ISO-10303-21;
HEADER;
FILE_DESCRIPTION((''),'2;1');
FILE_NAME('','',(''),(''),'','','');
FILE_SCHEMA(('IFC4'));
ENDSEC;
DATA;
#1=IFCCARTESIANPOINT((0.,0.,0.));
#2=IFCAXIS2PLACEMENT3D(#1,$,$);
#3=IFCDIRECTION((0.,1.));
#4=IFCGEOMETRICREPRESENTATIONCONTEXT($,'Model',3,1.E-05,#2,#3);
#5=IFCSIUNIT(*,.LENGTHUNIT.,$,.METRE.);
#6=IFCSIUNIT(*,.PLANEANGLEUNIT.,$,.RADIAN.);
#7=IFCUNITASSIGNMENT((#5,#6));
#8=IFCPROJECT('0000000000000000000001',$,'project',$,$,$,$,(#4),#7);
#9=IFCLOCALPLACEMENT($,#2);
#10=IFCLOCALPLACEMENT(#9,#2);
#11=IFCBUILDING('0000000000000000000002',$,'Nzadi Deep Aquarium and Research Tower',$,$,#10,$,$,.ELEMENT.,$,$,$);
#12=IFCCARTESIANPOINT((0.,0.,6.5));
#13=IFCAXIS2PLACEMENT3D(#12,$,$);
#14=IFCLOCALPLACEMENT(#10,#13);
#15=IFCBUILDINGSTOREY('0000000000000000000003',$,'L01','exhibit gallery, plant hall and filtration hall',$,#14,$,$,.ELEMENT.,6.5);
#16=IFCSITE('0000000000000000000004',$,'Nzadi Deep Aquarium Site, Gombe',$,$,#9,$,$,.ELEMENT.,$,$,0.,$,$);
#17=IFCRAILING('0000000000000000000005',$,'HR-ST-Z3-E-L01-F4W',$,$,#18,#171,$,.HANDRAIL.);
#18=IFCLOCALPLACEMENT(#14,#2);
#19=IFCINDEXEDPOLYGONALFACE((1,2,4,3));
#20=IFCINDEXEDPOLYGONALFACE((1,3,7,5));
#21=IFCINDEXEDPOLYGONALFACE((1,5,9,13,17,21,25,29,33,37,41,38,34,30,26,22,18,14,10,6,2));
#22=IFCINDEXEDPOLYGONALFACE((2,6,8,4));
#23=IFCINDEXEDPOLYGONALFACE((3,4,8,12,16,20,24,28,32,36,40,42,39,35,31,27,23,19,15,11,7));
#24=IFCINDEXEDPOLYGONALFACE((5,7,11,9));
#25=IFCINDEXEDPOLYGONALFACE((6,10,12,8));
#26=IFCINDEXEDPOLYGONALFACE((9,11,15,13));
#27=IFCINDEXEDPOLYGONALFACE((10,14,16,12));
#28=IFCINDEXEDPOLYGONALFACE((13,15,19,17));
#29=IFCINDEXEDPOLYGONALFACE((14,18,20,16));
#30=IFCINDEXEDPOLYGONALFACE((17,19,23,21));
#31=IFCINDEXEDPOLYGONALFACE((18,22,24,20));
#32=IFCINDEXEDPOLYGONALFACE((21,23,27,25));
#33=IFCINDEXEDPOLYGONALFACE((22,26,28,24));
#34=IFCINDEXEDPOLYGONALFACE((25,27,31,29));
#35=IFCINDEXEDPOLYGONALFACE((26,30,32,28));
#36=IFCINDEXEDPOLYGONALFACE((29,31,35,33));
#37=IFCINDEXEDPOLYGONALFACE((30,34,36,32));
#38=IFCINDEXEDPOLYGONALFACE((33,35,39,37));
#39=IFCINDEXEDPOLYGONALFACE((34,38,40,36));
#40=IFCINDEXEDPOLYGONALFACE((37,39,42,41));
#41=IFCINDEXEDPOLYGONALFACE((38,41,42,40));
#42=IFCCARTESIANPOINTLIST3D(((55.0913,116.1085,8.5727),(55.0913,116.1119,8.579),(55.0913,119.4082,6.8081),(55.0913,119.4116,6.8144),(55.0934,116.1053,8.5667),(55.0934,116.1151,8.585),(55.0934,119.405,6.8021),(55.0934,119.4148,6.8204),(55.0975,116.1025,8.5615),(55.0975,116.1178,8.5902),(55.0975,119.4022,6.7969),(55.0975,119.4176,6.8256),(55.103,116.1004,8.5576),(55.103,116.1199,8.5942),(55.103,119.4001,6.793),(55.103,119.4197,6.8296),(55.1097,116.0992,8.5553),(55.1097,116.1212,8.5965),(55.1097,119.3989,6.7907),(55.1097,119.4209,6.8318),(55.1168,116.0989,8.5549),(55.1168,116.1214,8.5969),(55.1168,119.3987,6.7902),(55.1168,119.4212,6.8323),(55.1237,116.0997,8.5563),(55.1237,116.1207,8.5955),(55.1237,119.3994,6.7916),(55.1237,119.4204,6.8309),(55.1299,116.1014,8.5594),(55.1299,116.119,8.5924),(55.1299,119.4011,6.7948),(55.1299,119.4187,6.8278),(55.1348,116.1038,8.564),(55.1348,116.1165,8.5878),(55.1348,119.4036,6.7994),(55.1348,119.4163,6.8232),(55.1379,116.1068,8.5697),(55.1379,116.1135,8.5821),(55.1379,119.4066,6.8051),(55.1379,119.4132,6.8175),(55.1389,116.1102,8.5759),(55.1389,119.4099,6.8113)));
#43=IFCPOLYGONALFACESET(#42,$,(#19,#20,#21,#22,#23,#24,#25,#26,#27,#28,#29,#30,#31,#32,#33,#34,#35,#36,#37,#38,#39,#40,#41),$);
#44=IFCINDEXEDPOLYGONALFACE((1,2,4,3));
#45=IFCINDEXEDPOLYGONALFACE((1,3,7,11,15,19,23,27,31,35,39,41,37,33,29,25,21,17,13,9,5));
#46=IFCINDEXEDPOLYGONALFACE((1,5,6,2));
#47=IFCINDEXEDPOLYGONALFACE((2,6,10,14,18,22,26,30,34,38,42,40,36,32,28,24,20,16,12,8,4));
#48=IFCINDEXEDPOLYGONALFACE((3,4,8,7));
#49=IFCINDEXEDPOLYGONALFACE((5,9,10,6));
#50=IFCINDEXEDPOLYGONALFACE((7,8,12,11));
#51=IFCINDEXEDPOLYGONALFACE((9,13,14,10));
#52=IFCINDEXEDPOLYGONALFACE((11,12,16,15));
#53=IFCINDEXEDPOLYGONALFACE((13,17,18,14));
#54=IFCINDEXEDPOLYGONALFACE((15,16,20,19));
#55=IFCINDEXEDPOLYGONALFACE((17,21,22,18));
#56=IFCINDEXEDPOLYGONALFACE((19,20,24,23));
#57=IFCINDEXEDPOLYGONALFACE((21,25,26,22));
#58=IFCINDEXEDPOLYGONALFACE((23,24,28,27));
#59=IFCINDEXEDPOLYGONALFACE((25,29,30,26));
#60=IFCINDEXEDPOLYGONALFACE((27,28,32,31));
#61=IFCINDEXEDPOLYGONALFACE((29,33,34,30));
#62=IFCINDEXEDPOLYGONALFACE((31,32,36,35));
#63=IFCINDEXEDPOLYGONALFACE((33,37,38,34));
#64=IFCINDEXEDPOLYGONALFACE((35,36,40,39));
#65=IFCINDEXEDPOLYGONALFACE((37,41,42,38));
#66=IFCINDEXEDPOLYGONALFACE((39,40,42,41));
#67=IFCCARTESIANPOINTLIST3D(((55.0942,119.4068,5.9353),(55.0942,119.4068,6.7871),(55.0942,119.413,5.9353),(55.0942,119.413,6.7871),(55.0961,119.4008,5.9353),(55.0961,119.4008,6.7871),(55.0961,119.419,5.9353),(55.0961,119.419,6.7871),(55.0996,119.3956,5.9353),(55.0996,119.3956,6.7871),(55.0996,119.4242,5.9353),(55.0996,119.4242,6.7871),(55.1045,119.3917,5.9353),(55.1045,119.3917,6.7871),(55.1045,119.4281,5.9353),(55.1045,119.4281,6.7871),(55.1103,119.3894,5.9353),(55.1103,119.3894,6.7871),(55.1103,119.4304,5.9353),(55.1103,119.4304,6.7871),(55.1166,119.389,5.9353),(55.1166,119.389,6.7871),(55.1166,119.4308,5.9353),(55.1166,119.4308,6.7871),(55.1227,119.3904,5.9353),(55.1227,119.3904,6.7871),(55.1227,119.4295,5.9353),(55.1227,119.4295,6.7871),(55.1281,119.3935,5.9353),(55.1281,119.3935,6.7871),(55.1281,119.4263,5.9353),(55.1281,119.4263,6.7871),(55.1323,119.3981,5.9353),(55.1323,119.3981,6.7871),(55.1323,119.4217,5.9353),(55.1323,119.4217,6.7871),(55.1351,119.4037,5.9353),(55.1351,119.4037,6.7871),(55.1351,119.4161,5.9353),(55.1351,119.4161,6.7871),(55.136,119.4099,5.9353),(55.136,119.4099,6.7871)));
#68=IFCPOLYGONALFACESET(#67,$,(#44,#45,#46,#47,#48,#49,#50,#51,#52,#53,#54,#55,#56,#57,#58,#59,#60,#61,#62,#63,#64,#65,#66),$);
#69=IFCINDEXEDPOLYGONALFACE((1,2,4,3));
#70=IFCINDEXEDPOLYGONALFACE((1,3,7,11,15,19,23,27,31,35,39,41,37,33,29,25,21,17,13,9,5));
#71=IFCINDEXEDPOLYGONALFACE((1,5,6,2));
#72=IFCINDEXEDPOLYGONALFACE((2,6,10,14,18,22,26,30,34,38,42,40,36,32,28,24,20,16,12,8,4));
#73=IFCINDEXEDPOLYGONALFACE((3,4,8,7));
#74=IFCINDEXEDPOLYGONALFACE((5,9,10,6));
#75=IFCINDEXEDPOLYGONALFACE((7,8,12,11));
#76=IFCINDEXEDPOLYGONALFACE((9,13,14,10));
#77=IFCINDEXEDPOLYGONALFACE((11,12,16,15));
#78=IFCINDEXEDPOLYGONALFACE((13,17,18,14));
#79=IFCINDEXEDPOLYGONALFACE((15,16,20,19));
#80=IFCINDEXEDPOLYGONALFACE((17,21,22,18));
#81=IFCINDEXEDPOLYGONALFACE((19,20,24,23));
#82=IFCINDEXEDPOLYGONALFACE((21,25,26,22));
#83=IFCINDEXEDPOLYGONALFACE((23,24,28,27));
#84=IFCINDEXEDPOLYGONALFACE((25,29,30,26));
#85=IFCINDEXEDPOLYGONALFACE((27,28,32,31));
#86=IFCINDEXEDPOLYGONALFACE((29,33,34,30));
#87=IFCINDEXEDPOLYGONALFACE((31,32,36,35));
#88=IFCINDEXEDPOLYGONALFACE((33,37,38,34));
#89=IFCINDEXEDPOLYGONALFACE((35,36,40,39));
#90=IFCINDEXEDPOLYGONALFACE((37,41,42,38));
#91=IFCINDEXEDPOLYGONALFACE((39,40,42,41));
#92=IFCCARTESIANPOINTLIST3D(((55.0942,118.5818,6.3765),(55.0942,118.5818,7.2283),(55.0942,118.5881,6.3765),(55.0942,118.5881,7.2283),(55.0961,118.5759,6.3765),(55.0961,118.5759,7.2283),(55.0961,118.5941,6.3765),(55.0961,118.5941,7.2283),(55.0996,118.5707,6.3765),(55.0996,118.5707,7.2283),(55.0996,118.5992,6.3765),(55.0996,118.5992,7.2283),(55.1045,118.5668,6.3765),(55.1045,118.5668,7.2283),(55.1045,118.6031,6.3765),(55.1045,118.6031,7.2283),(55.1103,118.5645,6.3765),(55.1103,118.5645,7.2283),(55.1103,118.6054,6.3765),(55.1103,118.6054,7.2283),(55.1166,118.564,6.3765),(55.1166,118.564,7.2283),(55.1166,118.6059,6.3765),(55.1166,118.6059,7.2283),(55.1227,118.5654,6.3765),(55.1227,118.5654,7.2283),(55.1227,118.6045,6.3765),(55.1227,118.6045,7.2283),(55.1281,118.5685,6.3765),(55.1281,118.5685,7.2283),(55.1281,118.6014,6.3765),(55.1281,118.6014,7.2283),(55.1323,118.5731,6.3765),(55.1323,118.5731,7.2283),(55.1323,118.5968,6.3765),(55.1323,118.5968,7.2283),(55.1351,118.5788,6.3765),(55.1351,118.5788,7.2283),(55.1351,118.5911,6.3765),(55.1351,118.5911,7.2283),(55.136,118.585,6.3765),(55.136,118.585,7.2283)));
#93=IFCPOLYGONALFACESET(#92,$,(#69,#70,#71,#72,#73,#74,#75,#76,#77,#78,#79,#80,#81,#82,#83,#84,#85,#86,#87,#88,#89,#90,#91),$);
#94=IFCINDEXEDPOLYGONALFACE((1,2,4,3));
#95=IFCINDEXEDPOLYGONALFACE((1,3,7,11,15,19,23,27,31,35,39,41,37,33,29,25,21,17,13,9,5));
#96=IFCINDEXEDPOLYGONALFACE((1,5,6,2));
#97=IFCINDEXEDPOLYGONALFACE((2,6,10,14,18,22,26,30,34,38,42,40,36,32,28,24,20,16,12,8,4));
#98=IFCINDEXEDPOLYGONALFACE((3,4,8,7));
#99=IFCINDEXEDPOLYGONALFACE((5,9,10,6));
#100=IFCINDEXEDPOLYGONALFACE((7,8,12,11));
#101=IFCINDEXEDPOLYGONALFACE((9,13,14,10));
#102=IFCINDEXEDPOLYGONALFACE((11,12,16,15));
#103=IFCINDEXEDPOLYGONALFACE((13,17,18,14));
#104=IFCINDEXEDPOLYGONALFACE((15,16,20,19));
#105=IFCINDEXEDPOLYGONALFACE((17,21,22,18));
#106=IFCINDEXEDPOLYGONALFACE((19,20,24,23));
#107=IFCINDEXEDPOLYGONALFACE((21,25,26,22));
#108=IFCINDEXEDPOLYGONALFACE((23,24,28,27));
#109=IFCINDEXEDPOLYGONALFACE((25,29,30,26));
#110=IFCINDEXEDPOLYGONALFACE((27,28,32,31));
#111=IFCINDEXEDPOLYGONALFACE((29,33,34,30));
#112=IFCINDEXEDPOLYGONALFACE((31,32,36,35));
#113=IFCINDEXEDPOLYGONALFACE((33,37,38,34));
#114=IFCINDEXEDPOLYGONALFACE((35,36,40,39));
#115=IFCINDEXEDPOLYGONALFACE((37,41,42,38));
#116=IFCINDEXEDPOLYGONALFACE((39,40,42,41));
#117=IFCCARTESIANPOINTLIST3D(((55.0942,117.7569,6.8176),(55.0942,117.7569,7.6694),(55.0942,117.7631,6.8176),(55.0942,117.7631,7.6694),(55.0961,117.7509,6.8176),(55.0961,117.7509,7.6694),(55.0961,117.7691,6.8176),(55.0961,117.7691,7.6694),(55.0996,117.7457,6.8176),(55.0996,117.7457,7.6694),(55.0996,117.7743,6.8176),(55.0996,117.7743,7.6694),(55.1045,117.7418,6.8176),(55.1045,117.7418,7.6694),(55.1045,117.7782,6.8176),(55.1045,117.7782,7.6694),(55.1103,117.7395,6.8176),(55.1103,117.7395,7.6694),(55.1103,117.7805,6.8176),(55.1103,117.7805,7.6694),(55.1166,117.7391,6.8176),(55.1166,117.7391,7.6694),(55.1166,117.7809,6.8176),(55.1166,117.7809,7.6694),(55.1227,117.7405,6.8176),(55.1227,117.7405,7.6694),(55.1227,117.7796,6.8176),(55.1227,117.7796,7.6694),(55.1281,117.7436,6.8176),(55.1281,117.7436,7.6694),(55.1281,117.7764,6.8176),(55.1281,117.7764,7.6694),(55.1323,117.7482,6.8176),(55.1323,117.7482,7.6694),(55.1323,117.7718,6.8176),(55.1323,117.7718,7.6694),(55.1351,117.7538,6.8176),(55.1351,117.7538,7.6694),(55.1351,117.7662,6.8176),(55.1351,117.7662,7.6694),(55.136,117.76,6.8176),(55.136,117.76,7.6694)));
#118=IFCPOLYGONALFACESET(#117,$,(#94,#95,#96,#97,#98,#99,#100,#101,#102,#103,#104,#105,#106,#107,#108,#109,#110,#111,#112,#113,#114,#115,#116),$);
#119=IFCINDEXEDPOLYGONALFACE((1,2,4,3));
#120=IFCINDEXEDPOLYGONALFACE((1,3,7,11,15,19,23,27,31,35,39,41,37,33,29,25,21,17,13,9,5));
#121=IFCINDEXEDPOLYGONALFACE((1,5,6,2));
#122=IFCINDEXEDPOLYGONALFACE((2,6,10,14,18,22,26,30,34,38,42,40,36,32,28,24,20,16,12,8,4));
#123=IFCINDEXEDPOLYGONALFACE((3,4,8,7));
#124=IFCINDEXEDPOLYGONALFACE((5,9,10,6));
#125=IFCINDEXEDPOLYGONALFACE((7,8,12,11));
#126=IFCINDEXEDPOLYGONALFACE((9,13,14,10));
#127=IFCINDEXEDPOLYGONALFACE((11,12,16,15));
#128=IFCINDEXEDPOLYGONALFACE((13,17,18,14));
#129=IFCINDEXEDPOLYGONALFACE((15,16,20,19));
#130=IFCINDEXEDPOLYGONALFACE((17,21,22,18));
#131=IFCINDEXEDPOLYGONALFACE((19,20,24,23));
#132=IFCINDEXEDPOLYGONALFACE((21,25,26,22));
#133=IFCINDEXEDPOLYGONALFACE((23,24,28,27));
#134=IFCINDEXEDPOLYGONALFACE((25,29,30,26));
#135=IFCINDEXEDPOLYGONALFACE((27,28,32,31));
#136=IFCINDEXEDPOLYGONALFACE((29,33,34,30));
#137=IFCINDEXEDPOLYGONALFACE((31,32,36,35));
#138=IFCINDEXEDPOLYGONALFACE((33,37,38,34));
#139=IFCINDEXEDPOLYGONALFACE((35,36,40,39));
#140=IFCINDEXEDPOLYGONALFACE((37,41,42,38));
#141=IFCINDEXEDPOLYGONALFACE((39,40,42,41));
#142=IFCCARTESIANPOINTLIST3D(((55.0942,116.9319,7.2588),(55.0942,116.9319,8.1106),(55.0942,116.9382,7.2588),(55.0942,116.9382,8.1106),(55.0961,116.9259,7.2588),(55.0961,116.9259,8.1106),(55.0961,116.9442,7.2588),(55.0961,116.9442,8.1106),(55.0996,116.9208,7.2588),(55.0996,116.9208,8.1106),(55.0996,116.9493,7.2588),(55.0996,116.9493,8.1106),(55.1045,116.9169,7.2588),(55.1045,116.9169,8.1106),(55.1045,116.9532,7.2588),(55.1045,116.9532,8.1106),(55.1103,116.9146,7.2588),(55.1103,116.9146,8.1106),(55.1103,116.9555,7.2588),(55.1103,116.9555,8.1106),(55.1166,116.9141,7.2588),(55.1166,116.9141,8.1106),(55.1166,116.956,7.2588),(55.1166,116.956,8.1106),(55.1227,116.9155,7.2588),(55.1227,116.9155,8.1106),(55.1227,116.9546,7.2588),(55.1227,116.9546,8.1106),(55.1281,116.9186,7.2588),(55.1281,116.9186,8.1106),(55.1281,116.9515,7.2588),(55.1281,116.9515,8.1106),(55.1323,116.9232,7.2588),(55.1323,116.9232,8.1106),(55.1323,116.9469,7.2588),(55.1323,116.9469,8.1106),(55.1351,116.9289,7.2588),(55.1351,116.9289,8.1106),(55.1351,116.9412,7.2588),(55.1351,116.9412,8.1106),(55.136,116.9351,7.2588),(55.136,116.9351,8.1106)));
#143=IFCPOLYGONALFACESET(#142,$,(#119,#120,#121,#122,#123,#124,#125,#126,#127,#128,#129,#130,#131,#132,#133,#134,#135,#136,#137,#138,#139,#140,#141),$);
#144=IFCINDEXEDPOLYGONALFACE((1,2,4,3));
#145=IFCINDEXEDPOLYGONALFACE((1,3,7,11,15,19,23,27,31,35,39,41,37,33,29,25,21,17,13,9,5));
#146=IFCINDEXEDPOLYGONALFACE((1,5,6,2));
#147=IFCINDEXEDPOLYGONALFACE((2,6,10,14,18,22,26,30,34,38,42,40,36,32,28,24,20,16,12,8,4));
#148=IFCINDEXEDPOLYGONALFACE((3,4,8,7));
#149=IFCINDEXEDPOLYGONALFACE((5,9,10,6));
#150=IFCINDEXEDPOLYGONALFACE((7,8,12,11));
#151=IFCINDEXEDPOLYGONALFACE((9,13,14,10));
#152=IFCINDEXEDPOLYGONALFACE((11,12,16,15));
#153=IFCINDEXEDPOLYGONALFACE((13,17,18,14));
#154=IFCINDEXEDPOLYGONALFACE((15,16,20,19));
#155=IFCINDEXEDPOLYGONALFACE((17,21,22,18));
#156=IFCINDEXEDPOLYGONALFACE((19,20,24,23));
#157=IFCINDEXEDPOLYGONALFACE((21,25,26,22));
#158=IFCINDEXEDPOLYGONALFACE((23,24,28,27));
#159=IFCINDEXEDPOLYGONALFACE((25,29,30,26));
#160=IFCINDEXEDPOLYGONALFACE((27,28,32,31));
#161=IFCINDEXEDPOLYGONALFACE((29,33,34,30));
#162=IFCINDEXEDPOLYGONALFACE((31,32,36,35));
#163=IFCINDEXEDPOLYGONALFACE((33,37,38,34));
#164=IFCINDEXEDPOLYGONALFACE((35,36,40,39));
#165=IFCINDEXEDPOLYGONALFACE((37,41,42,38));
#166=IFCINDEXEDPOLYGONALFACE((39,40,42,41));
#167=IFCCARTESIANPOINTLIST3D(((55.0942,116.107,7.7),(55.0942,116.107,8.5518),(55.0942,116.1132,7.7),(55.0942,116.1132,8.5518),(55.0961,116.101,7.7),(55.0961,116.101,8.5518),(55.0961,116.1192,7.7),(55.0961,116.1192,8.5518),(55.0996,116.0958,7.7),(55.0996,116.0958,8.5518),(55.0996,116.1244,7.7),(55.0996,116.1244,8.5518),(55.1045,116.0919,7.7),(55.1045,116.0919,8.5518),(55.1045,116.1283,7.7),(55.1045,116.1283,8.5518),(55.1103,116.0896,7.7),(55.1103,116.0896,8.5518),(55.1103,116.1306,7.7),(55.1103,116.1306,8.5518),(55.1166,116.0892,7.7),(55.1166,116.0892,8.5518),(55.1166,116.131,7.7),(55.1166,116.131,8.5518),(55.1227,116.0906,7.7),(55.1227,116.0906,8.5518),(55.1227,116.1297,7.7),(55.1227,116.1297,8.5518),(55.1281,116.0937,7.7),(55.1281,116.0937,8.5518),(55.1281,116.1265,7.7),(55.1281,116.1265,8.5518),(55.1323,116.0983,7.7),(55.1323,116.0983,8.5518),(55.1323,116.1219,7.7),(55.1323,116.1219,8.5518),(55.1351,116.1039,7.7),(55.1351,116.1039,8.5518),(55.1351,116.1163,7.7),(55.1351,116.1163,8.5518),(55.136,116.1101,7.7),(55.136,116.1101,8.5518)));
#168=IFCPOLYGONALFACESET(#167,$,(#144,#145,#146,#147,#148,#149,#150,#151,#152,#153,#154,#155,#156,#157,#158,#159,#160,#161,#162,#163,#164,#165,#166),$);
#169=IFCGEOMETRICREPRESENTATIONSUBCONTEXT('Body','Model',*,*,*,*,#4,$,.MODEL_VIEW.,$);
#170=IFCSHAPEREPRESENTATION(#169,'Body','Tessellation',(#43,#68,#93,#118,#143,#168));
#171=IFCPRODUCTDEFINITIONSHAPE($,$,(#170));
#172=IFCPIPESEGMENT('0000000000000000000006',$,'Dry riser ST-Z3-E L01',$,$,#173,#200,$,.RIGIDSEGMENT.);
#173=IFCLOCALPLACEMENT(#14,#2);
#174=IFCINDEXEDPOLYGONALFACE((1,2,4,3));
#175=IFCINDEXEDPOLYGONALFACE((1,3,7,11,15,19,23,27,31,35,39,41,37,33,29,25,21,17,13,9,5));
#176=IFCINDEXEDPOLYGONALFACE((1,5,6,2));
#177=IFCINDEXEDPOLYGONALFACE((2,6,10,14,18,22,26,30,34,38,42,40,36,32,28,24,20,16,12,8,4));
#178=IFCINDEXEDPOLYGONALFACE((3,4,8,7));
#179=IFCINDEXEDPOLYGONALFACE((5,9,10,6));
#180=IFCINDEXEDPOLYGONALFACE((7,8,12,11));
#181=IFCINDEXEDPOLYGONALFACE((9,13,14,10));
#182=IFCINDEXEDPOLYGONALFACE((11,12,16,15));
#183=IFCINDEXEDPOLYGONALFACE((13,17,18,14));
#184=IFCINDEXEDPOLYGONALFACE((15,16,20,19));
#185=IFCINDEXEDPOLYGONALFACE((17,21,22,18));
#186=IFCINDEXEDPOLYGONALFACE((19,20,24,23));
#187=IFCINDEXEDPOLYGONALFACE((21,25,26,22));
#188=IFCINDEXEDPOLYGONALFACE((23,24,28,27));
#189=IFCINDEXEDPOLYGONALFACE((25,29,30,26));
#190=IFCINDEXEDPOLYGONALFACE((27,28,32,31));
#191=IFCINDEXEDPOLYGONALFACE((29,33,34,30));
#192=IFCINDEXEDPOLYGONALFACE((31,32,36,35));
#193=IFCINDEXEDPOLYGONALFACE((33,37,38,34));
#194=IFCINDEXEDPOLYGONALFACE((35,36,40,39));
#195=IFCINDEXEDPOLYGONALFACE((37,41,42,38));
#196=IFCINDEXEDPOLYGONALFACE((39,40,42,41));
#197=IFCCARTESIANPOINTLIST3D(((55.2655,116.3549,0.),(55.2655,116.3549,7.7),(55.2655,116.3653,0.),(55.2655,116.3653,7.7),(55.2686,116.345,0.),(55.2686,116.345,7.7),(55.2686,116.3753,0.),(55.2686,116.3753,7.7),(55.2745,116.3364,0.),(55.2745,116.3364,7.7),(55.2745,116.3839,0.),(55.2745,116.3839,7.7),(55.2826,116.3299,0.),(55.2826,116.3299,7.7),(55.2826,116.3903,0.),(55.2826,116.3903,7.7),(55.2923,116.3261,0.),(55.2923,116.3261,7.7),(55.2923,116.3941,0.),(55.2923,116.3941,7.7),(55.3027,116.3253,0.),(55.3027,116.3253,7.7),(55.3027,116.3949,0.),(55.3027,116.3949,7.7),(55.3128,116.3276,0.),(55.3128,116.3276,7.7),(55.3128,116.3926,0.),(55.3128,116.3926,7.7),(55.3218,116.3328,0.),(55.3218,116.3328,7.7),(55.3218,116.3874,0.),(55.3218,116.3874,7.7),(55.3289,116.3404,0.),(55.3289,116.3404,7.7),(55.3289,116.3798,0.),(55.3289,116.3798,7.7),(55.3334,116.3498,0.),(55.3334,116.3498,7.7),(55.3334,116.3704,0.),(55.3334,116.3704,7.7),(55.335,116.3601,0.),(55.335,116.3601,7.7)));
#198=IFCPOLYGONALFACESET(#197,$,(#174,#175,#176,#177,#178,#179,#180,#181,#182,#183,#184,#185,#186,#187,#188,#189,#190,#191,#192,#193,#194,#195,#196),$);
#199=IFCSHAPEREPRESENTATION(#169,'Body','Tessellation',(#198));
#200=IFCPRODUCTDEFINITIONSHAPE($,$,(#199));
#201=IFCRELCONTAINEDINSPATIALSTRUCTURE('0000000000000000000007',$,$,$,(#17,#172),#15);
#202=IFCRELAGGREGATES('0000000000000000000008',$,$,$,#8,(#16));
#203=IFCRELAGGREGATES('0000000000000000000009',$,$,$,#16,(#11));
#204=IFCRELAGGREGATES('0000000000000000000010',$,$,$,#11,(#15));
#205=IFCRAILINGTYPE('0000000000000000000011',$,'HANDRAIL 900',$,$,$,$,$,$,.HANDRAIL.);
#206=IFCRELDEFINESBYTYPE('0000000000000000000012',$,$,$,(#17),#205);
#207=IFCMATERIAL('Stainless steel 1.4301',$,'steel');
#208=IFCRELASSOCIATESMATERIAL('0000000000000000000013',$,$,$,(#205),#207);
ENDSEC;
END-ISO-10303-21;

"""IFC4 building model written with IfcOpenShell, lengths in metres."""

from ifc_helpers import new_model, si_unit, direction, frame, origin, origin_2d, place, context, subcontext, project, spatial, circle, extrude, material, type_object, element, save


model = new_model("IFC4")

# Units and contexts
model_context = context("Model", 3, precision=1e-05, world=origin(), true_north=direction((0.0, 1.0)))
body_context = subcontext(model_context, "Body", "Model", "MODEL_VIEW")
ifc_project = project(units=[si_unit("LENGTHUNIT", "METRE"), si_unit("PLANEANGLEUNIT", "RADIAN")], contexts=[model_context])

# Site, building, storey
site_placement = place(None, origin())
site = spatial("IfcSite", under=ifc_project, at=site_placement, Name="Nzadi Deep Aquarium Site, Gombe", CompositionType="ELEMENT", RefElevation=0.0)
building_placement = place(site_placement, origin())
building = spatial("IfcBuilding", under=site, at=building_placement, Name="Nzadi Deep Aquarium and Research Tower", CompositionType="ELEMENT")
storey_placement = place(building_placement, frame((0.0, 0.0, 6.5)))
storey = spatial("IfcBuildingStorey", under=building, at=storey_placement, Name="L01", Description="exhibit gallery, plant hall and filtration hall", CompositionType="ELEMENT", Elevation=6.5)

# Railing
ifc_material_1 = material(Name="Stainless steel 1.4301", Category="steel")
railing_type = type_object("IfcRailingType", Name="HANDRAIL 900", PredefinedType="HANDRAIL", material=ifc_material_1)
for number, where, name in (
    (1, (55.115, 119.4099, 5.9353), "HR-ST-Z3-E-L01-F4W"),
):
    element("IfcRailing", number, at=place(storey_placement, frame(where)), inside=storey, type_object=railing_type, Name=name, PredefinedType="HANDRAIL", context=body_context, shape_type="SweptSolid", body=[
        extrude(circle(Radius=0.0239, at=origin_2d()), frame((0.0, 0.0, 0.876), z_axis=(0.0, -0.881825, 0.471577), x_axis=(1.0, 0.0, 0.0)), (0.0, 0.0, 1.0), 3.7419),
        extrude(circle(Radius=0.021, at=origin_2d()), origin(), (0.0, 0.0, 1.0), 0.8518),
        extrude(circle(Radius=0.021, at=origin_2d()), frame((0.0, -0.825, 0.4412)), (0.0, 0.0, 1.0), 0.8518),
        extrude(circle(Radius=0.021, at=origin_2d()), frame((0.0, -1.6499, 0.8823)), (0.0, 0.0, 1.0), 0.8518),
        extrude(circle(Radius=0.021, at=origin_2d()), frame((0.0, -2.4749, 1.3235)), (0.0, 0.0, 1.0), 0.8518),
        extrude(circle(Radius=0.021, at=origin_2d()), frame((0.0, -3.2998, 1.7646)), (0.0, 0.0, 1.0), 0.8518),
    ])

# Pipe segment
pipe_segment_placement = place(storey_placement, frame((55.3, 116.3601, 0.0), z_axis=(0.0, 0.0, 1.0), x_axis=(1.0, 0.0, 0.0)))
element("IfcPipeSegment", 2, at=pipe_segment_placement, inside=storey, Name="Dry riser ST-Z3-E L01", PredefinedType="RIGIDSEGMENT", context=body_context, shape_type="SweptSolid", body=[
    extrude(circle(Radius=0.0349, at=origin_2d()), origin(), (0.0, 0.0, 1.0), 7.7),
])

save(model, "model.ifc")
